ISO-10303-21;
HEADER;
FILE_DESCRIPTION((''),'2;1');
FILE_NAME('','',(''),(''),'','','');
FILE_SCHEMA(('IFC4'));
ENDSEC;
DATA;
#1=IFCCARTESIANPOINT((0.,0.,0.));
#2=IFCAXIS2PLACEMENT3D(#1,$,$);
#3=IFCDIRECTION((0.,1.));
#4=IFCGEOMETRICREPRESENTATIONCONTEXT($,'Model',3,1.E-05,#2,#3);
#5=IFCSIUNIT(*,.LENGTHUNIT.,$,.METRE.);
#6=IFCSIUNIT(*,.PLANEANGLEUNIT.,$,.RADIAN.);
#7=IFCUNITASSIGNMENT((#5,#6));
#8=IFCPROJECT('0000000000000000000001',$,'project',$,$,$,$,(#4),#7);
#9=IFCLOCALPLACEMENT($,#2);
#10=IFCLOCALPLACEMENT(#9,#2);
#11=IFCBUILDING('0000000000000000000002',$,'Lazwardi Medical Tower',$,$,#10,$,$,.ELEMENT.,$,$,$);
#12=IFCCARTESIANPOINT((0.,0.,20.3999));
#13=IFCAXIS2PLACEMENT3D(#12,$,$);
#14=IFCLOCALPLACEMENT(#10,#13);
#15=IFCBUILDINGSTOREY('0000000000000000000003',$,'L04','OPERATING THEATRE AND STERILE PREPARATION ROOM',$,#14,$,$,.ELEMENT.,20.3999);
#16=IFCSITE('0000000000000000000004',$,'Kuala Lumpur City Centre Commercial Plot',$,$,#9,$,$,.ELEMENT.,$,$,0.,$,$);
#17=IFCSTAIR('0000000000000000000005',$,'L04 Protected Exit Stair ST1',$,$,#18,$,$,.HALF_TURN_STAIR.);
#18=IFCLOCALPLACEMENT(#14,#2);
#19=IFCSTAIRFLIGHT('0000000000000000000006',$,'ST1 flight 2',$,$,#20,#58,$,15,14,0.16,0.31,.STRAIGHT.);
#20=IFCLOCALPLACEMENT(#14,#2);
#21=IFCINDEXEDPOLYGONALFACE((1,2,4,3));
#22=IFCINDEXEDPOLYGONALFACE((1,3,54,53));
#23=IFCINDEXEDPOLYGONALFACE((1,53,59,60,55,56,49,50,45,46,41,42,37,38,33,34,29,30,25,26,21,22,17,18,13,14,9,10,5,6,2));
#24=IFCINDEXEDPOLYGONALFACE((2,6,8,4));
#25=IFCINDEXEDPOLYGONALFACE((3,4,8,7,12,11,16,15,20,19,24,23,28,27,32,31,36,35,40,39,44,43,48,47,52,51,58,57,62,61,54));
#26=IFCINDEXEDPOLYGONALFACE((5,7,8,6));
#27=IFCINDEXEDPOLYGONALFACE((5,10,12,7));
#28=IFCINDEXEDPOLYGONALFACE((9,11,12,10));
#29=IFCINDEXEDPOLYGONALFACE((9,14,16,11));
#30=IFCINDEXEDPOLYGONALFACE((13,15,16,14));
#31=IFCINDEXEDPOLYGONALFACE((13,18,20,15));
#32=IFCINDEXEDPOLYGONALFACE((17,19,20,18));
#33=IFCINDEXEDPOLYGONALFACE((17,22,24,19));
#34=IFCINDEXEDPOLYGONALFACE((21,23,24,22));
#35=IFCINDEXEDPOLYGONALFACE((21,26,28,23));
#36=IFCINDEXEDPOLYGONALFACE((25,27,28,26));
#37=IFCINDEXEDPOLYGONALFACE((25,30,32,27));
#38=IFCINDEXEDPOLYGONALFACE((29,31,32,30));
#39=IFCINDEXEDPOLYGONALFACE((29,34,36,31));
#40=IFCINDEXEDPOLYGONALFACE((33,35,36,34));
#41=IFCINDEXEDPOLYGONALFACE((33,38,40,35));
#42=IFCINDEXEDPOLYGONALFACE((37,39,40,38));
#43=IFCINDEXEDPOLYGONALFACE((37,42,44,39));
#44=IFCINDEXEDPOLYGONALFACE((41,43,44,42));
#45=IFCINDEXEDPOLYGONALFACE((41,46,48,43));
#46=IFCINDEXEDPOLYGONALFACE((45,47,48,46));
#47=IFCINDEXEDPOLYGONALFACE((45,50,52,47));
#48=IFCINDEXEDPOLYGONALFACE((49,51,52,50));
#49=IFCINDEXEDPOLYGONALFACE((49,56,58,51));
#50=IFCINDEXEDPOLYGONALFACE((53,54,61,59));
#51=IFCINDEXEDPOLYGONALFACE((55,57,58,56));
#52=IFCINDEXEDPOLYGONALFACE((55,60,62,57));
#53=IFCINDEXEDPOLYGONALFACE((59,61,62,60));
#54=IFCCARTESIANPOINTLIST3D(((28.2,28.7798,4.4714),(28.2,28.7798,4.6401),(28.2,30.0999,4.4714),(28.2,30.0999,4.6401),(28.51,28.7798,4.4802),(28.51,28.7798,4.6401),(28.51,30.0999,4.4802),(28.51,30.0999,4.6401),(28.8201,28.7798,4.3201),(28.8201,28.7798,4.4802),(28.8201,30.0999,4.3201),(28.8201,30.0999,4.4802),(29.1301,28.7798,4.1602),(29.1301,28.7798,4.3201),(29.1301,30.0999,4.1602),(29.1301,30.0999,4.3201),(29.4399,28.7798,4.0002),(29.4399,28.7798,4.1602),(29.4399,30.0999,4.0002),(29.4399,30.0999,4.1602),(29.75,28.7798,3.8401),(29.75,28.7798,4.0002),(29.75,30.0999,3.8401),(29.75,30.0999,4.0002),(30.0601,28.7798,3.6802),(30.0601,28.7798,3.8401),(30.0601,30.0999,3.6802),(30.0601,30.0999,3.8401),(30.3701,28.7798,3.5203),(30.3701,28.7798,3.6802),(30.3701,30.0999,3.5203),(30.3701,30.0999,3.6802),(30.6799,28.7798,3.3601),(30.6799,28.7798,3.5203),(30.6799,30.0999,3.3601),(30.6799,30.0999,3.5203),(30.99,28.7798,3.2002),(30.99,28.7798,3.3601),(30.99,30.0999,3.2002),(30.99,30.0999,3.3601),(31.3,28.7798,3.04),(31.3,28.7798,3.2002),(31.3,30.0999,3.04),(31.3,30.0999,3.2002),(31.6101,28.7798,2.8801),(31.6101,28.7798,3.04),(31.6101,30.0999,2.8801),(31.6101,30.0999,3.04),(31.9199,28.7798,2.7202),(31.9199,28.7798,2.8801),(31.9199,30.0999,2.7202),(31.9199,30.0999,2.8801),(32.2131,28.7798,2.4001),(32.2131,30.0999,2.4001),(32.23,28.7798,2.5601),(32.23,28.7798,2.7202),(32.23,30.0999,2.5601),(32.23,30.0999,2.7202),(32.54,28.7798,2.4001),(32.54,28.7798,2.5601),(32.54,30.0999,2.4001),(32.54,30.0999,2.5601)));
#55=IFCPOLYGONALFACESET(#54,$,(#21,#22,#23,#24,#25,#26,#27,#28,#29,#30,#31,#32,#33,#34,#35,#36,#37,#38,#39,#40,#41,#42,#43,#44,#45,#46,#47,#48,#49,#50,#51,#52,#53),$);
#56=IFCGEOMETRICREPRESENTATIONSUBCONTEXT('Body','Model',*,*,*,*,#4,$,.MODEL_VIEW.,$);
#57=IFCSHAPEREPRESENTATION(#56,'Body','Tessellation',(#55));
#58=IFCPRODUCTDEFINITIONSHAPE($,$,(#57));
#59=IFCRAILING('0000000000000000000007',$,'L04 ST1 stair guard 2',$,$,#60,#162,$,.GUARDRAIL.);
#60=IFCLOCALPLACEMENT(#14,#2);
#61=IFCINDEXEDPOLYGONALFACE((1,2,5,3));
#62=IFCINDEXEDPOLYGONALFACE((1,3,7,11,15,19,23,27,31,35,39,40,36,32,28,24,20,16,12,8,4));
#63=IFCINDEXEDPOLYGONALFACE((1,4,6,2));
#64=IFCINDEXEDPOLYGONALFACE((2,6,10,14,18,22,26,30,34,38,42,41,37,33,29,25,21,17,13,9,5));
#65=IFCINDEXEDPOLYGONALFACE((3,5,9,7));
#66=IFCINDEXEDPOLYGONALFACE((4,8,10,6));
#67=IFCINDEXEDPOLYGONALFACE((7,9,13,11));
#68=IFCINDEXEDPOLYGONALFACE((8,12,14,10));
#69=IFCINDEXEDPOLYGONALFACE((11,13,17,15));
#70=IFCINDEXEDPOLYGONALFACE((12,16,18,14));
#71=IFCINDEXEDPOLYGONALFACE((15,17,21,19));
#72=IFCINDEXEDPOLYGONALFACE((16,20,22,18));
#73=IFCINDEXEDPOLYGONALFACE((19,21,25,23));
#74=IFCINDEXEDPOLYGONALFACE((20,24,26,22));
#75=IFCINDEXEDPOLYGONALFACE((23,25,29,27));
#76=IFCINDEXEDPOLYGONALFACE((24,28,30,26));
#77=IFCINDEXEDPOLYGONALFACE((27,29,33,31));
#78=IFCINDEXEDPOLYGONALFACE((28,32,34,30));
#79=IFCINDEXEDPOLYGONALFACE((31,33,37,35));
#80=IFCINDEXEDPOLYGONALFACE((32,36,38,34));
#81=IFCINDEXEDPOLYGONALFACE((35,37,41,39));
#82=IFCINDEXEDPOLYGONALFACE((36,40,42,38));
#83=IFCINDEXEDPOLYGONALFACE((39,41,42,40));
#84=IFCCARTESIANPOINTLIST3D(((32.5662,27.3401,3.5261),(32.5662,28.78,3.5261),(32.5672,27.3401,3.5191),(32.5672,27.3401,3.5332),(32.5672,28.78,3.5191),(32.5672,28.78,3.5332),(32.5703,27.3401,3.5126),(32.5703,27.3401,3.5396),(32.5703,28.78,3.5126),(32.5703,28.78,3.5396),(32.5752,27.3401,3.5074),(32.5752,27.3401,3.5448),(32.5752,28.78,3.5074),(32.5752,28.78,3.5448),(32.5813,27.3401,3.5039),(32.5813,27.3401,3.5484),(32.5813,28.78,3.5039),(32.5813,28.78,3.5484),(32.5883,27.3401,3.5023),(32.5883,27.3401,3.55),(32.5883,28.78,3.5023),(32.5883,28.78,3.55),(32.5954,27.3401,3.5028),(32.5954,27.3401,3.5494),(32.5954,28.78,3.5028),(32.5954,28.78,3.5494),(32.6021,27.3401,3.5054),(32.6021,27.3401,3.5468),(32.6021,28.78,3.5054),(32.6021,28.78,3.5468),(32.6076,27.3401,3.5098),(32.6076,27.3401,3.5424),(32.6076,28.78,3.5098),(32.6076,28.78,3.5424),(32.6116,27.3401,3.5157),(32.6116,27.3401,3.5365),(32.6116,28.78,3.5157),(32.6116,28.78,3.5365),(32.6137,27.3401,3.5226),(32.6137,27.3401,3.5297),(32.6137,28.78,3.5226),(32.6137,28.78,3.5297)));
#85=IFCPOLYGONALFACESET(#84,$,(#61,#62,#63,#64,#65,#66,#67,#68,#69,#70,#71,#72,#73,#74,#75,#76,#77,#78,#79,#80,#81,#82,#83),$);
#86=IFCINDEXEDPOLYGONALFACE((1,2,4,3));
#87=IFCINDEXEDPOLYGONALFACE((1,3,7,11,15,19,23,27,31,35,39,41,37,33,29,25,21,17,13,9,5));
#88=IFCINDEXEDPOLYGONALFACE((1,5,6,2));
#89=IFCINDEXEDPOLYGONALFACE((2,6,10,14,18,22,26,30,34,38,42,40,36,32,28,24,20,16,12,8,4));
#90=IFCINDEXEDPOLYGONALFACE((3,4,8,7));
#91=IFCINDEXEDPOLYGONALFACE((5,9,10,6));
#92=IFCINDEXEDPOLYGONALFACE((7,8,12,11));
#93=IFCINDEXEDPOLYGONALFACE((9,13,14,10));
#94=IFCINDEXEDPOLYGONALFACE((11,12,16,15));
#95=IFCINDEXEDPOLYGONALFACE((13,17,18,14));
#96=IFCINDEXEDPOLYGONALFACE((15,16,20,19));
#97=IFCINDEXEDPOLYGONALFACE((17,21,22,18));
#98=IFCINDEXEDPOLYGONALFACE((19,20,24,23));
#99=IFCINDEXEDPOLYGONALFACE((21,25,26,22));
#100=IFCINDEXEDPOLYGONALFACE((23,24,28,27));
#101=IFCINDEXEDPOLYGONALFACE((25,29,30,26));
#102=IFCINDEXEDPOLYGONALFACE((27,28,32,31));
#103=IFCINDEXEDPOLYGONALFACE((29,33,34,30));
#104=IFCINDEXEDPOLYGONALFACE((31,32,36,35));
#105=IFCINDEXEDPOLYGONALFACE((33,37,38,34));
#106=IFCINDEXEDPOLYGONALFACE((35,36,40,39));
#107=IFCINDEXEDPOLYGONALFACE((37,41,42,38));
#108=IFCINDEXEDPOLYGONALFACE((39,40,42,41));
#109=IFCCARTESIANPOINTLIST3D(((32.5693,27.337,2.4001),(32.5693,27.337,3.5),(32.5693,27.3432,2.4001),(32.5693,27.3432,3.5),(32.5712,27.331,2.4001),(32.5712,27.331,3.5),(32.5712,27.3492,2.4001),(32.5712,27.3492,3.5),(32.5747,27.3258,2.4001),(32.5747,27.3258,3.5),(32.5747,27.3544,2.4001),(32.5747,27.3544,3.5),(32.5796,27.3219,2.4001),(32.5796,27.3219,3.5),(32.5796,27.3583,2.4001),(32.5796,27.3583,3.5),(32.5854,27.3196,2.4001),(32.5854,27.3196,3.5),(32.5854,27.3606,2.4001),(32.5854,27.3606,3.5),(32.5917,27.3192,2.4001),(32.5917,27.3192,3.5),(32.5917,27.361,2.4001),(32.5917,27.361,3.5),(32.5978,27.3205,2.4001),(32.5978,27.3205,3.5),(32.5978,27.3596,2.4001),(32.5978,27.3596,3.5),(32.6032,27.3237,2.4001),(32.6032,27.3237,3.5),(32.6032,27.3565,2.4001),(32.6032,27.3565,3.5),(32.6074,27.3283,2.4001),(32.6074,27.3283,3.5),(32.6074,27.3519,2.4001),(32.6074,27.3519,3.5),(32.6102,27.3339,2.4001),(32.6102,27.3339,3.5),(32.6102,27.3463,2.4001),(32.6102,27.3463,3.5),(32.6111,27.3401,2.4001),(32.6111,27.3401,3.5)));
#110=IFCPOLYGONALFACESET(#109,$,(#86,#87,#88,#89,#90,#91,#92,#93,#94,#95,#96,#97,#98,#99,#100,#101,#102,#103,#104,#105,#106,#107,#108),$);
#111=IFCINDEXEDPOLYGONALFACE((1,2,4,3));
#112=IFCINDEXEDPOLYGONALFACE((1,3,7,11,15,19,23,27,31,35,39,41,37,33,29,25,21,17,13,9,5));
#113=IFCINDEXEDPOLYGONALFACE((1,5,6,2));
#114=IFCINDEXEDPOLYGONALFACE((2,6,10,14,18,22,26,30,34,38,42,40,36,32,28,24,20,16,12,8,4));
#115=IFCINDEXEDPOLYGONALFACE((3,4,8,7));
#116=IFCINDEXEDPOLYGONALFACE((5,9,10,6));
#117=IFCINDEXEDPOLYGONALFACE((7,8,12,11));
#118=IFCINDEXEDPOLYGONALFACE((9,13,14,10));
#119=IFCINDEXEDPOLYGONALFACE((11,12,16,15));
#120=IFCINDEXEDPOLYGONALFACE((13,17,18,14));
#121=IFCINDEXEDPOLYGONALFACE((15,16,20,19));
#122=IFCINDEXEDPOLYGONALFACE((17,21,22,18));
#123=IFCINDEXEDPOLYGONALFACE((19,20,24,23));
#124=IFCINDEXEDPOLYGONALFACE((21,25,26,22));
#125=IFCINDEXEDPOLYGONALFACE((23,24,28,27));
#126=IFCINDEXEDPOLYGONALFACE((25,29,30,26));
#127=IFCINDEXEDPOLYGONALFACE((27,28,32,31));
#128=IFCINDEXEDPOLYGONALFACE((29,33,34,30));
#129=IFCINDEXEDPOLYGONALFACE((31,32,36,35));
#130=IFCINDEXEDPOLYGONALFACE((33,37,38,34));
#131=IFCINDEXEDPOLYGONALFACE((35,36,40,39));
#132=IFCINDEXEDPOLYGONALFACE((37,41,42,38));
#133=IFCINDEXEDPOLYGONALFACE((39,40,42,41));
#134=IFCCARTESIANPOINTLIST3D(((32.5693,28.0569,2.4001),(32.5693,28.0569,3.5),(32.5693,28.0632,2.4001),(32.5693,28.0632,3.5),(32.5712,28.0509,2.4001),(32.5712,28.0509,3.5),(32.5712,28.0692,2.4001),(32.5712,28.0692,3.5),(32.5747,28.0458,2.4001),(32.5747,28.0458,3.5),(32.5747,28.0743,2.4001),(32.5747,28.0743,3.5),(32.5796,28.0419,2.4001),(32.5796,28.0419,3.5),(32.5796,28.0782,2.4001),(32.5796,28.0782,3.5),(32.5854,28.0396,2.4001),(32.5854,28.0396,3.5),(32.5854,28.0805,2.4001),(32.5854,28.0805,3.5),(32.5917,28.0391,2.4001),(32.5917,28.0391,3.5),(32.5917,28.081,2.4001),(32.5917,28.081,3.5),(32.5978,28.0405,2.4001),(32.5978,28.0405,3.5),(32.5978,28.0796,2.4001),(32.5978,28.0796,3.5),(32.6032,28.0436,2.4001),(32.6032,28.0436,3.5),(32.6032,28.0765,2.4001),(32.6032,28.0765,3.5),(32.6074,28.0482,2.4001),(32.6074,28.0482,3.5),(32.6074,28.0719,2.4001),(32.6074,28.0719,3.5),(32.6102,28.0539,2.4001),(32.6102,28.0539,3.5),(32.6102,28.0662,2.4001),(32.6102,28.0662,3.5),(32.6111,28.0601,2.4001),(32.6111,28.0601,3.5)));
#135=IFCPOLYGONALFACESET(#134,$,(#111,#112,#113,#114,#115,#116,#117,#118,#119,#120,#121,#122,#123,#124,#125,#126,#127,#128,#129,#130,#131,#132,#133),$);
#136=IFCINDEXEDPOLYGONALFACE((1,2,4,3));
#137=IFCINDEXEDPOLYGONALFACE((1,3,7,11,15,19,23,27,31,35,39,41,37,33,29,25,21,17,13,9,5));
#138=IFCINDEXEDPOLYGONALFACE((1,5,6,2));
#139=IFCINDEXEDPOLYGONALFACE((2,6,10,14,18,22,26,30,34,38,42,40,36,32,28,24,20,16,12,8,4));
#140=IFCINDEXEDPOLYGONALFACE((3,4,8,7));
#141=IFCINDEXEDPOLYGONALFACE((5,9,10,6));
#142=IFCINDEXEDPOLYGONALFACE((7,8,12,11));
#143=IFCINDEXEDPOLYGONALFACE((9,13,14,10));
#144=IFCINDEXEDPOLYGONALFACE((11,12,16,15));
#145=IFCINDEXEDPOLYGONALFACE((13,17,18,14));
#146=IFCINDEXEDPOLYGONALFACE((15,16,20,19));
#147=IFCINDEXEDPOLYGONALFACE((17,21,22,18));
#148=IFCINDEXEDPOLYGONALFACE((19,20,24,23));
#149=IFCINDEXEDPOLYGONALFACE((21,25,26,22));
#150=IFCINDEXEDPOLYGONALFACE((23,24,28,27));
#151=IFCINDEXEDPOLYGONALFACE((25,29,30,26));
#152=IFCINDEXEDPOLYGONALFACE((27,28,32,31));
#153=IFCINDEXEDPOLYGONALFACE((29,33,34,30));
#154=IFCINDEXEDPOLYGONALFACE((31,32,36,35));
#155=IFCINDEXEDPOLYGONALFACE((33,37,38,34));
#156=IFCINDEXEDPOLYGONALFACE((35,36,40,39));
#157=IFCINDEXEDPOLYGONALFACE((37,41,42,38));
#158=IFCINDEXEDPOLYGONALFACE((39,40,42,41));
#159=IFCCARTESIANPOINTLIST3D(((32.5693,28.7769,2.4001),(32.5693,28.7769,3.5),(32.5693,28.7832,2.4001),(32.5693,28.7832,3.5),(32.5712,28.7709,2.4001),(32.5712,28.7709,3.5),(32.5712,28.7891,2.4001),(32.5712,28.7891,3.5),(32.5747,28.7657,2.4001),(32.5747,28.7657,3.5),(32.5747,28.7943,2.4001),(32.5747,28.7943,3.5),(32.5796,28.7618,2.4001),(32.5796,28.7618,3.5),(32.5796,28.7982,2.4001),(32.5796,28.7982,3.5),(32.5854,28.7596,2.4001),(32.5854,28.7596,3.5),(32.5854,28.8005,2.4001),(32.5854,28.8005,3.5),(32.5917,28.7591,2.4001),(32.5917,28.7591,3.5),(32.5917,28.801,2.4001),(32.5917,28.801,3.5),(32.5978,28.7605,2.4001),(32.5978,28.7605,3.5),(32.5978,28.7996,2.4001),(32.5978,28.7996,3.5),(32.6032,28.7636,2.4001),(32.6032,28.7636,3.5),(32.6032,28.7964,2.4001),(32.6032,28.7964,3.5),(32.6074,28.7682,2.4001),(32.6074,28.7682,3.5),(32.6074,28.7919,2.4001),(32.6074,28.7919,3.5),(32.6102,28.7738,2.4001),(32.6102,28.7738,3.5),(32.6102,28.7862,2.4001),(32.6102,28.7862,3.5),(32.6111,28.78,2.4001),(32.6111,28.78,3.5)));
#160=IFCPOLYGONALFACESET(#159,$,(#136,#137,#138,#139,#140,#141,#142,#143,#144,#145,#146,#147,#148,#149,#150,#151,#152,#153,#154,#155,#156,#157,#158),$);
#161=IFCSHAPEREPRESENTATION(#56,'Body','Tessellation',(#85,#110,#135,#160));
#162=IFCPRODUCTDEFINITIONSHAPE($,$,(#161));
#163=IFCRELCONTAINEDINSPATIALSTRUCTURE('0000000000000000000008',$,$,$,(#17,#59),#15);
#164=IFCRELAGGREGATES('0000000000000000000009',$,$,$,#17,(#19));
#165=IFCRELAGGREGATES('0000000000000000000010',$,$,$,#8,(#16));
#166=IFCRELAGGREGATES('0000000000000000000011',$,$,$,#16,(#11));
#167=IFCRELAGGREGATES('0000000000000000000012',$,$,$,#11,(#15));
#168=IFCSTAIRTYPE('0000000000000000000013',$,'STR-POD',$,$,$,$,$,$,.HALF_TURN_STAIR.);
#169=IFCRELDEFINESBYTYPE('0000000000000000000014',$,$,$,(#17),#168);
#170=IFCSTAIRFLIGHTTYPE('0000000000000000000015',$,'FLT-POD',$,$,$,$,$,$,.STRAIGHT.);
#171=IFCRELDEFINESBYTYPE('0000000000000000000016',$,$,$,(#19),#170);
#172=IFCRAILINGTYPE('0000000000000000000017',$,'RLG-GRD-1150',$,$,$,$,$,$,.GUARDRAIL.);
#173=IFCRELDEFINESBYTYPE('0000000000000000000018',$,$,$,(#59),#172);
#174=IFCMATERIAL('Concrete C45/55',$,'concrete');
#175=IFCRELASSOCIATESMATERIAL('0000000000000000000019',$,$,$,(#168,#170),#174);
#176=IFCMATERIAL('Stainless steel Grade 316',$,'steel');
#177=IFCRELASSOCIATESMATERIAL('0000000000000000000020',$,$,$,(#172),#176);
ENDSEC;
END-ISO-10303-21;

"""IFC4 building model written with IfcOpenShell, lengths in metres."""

from ifc_helpers import new_model, si_unit, direction, frame, origin, origin_2d, place, context, subcontext, project, spatial, polyline, circle, outline, extrude, material, type_object, element, aggregate, save


model = new_model("IFC4")

# Units and contexts
model_context = context("Model", 3, precision=1e-05, world=origin(), true_north=direction((0.0, 1.0)))
body_context = subcontext(model_context, "Body", "Model", "MODEL_VIEW")
ifc_project = project(units=[si_unit("LENGTHUNIT", "METRE"), si_unit("PLANEANGLEUNIT", "RADIAN")], contexts=[model_context])

# Site, building, storey
site_placement = place(None, origin())
site = spatial("IfcSite", under=ifc_project, at=site_placement, Name="Kuala Lumpur City Centre Commercial Plot", CompositionType="ELEMENT", RefElevation=0.0)
building_placement = place(site_placement, origin())
building = spatial("IfcBuilding", under=site, at=building_placement, Name="Lazwardi Medical Tower", CompositionType="ELEMENT")
storey_placement = place(building_placement, frame((0.0, 0.0, 20.3999)))
storey = spatial("IfcBuildingStorey", under=building, at=storey_placement, Name="L04", Description="OPERATING THEATRE AND STERILE PREPARATION ROOM", CompositionType="ELEMENT", Elevation=20.3999)

# Stair, stair flight
ifc_material_1 = material(Name="Concrete C45/55", Category="concrete")
stair_type = type_object("IfcStairType", Name="STR-POD", PredefinedType="HALF_TURN_STAIR", material=ifc_material_1)
stair_placement = place(storey_placement, origin())
stair = element("IfcStair", 1, at=stair_placement, inside=storey, type_object=stair_type, Name="L04 Protected Exit Stair ST1", PredefinedType="HALF_TURN_STAIR")
stair_flight_type = type_object("IfcStairFlightType", Name="FLT-POD", PredefinedType="STRAIGHT", material=ifc_material_1)
stair_flight_placement = place(storey_placement, frame((32.54, 29.4399, 2.4001), z_axis=(0.0, 0.0, 1.0), x_axis=(-1.0, 0.0, 0.0)))
stair_flight = element("IfcStairFlight", 2, at=stair_flight_placement, type_object=stair_flight_type, Name="ST1 flight 2", NumberOfRisers=15, NumberOfTreads=14, PredefinedType="STRAIGHT", RiserHeight=0.16, TreadLength=0.31, context=body_context, shape_type="SweptSolid", body=[
    extrude(outline(polyline([(0.0, 0.0), (0.0, 0.1599), (0.3101, 0.1599), (0.3101, 0.3201), (0.6201, 0.3201), (0.6201, 0.48), (0.9299, 0.48), (0.9299, 0.6399), (1.24, 0.6399), (1.24, 0.8), (1.55, 0.8), (1.55, 0.96), (1.8601, 0.96), (1.8601, 1.1201), (2.1699, 1.1201), (2.1699, 1.28), (2.48, 1.28), (2.48, 1.4399), (2.79, 1.4399), (2.79, 1.6001), (3.1001, 1.6001), (3.1001, 1.76), (3.4099, 1.76), (3.4099, 1.9199), (3.72, 1.9199), (3.72, 2.0801), (4.03, 2.0801), (4.03, 2.24), (4.3401, 2.24), (4.3401, 2.3999), (4.3401, 2.0713), (0.3269, 0.0), (0.0, 0.0)])), frame((0.0, 0.6602, 0.0), z_axis=(0.0, -1.0, 0.0), x_axis=(1.0, 0.0, 0.0)), (0.0, 0.0, 1.0), 1.3201),
])
aggregate(stair, [stair_flight])

# Railing
ifc_material_2 = material(Name="Stainless steel Grade 316", Category="steel")
railing_type_1 = type_object("IfcRailingType", Name="RLG-GRD-1150", PredefinedType="GUARDRAIL", material=ifc_material_2)
railing_1_placement = place(storey_placement, frame((32.5901, 27.3401, 2.4001)))
element("IfcRailing", 3, at=railing_1_placement, inside=storey, type_object=railing_type_1, Name="L04 ST1 stair guard 2", PredefinedType="GUARDRAIL", context=body_context, shape_type="SweptSolid", body=[
    extrude(circle(Radius=0.0239, at=origin_2d()), frame((0.0, 0.0, 1.126), z_axis=(0.0, 1.0, 0.0), x_axis=(-1.0, 0.0, 0.0)), (0.0, 0.0, 1.0), 1.4399),
    extrude(circle(Radius=0.021, at=origin_2d()), origin(), (0.0, 0.0, 1.0), 1.0999),
    extrude(circle(Radius=0.021, at=origin_2d()), frame((0.0, 0.72, 0.0)), (0.0, 0.0, 1.0), 1.0999),
    extrude(circle(Radius=0.021, at=origin_2d()), frame((0.0, 1.4399, 0.0)), (0.0, 0.0, 1.0), 1.0999),
])

save(model, "model.ifc")
